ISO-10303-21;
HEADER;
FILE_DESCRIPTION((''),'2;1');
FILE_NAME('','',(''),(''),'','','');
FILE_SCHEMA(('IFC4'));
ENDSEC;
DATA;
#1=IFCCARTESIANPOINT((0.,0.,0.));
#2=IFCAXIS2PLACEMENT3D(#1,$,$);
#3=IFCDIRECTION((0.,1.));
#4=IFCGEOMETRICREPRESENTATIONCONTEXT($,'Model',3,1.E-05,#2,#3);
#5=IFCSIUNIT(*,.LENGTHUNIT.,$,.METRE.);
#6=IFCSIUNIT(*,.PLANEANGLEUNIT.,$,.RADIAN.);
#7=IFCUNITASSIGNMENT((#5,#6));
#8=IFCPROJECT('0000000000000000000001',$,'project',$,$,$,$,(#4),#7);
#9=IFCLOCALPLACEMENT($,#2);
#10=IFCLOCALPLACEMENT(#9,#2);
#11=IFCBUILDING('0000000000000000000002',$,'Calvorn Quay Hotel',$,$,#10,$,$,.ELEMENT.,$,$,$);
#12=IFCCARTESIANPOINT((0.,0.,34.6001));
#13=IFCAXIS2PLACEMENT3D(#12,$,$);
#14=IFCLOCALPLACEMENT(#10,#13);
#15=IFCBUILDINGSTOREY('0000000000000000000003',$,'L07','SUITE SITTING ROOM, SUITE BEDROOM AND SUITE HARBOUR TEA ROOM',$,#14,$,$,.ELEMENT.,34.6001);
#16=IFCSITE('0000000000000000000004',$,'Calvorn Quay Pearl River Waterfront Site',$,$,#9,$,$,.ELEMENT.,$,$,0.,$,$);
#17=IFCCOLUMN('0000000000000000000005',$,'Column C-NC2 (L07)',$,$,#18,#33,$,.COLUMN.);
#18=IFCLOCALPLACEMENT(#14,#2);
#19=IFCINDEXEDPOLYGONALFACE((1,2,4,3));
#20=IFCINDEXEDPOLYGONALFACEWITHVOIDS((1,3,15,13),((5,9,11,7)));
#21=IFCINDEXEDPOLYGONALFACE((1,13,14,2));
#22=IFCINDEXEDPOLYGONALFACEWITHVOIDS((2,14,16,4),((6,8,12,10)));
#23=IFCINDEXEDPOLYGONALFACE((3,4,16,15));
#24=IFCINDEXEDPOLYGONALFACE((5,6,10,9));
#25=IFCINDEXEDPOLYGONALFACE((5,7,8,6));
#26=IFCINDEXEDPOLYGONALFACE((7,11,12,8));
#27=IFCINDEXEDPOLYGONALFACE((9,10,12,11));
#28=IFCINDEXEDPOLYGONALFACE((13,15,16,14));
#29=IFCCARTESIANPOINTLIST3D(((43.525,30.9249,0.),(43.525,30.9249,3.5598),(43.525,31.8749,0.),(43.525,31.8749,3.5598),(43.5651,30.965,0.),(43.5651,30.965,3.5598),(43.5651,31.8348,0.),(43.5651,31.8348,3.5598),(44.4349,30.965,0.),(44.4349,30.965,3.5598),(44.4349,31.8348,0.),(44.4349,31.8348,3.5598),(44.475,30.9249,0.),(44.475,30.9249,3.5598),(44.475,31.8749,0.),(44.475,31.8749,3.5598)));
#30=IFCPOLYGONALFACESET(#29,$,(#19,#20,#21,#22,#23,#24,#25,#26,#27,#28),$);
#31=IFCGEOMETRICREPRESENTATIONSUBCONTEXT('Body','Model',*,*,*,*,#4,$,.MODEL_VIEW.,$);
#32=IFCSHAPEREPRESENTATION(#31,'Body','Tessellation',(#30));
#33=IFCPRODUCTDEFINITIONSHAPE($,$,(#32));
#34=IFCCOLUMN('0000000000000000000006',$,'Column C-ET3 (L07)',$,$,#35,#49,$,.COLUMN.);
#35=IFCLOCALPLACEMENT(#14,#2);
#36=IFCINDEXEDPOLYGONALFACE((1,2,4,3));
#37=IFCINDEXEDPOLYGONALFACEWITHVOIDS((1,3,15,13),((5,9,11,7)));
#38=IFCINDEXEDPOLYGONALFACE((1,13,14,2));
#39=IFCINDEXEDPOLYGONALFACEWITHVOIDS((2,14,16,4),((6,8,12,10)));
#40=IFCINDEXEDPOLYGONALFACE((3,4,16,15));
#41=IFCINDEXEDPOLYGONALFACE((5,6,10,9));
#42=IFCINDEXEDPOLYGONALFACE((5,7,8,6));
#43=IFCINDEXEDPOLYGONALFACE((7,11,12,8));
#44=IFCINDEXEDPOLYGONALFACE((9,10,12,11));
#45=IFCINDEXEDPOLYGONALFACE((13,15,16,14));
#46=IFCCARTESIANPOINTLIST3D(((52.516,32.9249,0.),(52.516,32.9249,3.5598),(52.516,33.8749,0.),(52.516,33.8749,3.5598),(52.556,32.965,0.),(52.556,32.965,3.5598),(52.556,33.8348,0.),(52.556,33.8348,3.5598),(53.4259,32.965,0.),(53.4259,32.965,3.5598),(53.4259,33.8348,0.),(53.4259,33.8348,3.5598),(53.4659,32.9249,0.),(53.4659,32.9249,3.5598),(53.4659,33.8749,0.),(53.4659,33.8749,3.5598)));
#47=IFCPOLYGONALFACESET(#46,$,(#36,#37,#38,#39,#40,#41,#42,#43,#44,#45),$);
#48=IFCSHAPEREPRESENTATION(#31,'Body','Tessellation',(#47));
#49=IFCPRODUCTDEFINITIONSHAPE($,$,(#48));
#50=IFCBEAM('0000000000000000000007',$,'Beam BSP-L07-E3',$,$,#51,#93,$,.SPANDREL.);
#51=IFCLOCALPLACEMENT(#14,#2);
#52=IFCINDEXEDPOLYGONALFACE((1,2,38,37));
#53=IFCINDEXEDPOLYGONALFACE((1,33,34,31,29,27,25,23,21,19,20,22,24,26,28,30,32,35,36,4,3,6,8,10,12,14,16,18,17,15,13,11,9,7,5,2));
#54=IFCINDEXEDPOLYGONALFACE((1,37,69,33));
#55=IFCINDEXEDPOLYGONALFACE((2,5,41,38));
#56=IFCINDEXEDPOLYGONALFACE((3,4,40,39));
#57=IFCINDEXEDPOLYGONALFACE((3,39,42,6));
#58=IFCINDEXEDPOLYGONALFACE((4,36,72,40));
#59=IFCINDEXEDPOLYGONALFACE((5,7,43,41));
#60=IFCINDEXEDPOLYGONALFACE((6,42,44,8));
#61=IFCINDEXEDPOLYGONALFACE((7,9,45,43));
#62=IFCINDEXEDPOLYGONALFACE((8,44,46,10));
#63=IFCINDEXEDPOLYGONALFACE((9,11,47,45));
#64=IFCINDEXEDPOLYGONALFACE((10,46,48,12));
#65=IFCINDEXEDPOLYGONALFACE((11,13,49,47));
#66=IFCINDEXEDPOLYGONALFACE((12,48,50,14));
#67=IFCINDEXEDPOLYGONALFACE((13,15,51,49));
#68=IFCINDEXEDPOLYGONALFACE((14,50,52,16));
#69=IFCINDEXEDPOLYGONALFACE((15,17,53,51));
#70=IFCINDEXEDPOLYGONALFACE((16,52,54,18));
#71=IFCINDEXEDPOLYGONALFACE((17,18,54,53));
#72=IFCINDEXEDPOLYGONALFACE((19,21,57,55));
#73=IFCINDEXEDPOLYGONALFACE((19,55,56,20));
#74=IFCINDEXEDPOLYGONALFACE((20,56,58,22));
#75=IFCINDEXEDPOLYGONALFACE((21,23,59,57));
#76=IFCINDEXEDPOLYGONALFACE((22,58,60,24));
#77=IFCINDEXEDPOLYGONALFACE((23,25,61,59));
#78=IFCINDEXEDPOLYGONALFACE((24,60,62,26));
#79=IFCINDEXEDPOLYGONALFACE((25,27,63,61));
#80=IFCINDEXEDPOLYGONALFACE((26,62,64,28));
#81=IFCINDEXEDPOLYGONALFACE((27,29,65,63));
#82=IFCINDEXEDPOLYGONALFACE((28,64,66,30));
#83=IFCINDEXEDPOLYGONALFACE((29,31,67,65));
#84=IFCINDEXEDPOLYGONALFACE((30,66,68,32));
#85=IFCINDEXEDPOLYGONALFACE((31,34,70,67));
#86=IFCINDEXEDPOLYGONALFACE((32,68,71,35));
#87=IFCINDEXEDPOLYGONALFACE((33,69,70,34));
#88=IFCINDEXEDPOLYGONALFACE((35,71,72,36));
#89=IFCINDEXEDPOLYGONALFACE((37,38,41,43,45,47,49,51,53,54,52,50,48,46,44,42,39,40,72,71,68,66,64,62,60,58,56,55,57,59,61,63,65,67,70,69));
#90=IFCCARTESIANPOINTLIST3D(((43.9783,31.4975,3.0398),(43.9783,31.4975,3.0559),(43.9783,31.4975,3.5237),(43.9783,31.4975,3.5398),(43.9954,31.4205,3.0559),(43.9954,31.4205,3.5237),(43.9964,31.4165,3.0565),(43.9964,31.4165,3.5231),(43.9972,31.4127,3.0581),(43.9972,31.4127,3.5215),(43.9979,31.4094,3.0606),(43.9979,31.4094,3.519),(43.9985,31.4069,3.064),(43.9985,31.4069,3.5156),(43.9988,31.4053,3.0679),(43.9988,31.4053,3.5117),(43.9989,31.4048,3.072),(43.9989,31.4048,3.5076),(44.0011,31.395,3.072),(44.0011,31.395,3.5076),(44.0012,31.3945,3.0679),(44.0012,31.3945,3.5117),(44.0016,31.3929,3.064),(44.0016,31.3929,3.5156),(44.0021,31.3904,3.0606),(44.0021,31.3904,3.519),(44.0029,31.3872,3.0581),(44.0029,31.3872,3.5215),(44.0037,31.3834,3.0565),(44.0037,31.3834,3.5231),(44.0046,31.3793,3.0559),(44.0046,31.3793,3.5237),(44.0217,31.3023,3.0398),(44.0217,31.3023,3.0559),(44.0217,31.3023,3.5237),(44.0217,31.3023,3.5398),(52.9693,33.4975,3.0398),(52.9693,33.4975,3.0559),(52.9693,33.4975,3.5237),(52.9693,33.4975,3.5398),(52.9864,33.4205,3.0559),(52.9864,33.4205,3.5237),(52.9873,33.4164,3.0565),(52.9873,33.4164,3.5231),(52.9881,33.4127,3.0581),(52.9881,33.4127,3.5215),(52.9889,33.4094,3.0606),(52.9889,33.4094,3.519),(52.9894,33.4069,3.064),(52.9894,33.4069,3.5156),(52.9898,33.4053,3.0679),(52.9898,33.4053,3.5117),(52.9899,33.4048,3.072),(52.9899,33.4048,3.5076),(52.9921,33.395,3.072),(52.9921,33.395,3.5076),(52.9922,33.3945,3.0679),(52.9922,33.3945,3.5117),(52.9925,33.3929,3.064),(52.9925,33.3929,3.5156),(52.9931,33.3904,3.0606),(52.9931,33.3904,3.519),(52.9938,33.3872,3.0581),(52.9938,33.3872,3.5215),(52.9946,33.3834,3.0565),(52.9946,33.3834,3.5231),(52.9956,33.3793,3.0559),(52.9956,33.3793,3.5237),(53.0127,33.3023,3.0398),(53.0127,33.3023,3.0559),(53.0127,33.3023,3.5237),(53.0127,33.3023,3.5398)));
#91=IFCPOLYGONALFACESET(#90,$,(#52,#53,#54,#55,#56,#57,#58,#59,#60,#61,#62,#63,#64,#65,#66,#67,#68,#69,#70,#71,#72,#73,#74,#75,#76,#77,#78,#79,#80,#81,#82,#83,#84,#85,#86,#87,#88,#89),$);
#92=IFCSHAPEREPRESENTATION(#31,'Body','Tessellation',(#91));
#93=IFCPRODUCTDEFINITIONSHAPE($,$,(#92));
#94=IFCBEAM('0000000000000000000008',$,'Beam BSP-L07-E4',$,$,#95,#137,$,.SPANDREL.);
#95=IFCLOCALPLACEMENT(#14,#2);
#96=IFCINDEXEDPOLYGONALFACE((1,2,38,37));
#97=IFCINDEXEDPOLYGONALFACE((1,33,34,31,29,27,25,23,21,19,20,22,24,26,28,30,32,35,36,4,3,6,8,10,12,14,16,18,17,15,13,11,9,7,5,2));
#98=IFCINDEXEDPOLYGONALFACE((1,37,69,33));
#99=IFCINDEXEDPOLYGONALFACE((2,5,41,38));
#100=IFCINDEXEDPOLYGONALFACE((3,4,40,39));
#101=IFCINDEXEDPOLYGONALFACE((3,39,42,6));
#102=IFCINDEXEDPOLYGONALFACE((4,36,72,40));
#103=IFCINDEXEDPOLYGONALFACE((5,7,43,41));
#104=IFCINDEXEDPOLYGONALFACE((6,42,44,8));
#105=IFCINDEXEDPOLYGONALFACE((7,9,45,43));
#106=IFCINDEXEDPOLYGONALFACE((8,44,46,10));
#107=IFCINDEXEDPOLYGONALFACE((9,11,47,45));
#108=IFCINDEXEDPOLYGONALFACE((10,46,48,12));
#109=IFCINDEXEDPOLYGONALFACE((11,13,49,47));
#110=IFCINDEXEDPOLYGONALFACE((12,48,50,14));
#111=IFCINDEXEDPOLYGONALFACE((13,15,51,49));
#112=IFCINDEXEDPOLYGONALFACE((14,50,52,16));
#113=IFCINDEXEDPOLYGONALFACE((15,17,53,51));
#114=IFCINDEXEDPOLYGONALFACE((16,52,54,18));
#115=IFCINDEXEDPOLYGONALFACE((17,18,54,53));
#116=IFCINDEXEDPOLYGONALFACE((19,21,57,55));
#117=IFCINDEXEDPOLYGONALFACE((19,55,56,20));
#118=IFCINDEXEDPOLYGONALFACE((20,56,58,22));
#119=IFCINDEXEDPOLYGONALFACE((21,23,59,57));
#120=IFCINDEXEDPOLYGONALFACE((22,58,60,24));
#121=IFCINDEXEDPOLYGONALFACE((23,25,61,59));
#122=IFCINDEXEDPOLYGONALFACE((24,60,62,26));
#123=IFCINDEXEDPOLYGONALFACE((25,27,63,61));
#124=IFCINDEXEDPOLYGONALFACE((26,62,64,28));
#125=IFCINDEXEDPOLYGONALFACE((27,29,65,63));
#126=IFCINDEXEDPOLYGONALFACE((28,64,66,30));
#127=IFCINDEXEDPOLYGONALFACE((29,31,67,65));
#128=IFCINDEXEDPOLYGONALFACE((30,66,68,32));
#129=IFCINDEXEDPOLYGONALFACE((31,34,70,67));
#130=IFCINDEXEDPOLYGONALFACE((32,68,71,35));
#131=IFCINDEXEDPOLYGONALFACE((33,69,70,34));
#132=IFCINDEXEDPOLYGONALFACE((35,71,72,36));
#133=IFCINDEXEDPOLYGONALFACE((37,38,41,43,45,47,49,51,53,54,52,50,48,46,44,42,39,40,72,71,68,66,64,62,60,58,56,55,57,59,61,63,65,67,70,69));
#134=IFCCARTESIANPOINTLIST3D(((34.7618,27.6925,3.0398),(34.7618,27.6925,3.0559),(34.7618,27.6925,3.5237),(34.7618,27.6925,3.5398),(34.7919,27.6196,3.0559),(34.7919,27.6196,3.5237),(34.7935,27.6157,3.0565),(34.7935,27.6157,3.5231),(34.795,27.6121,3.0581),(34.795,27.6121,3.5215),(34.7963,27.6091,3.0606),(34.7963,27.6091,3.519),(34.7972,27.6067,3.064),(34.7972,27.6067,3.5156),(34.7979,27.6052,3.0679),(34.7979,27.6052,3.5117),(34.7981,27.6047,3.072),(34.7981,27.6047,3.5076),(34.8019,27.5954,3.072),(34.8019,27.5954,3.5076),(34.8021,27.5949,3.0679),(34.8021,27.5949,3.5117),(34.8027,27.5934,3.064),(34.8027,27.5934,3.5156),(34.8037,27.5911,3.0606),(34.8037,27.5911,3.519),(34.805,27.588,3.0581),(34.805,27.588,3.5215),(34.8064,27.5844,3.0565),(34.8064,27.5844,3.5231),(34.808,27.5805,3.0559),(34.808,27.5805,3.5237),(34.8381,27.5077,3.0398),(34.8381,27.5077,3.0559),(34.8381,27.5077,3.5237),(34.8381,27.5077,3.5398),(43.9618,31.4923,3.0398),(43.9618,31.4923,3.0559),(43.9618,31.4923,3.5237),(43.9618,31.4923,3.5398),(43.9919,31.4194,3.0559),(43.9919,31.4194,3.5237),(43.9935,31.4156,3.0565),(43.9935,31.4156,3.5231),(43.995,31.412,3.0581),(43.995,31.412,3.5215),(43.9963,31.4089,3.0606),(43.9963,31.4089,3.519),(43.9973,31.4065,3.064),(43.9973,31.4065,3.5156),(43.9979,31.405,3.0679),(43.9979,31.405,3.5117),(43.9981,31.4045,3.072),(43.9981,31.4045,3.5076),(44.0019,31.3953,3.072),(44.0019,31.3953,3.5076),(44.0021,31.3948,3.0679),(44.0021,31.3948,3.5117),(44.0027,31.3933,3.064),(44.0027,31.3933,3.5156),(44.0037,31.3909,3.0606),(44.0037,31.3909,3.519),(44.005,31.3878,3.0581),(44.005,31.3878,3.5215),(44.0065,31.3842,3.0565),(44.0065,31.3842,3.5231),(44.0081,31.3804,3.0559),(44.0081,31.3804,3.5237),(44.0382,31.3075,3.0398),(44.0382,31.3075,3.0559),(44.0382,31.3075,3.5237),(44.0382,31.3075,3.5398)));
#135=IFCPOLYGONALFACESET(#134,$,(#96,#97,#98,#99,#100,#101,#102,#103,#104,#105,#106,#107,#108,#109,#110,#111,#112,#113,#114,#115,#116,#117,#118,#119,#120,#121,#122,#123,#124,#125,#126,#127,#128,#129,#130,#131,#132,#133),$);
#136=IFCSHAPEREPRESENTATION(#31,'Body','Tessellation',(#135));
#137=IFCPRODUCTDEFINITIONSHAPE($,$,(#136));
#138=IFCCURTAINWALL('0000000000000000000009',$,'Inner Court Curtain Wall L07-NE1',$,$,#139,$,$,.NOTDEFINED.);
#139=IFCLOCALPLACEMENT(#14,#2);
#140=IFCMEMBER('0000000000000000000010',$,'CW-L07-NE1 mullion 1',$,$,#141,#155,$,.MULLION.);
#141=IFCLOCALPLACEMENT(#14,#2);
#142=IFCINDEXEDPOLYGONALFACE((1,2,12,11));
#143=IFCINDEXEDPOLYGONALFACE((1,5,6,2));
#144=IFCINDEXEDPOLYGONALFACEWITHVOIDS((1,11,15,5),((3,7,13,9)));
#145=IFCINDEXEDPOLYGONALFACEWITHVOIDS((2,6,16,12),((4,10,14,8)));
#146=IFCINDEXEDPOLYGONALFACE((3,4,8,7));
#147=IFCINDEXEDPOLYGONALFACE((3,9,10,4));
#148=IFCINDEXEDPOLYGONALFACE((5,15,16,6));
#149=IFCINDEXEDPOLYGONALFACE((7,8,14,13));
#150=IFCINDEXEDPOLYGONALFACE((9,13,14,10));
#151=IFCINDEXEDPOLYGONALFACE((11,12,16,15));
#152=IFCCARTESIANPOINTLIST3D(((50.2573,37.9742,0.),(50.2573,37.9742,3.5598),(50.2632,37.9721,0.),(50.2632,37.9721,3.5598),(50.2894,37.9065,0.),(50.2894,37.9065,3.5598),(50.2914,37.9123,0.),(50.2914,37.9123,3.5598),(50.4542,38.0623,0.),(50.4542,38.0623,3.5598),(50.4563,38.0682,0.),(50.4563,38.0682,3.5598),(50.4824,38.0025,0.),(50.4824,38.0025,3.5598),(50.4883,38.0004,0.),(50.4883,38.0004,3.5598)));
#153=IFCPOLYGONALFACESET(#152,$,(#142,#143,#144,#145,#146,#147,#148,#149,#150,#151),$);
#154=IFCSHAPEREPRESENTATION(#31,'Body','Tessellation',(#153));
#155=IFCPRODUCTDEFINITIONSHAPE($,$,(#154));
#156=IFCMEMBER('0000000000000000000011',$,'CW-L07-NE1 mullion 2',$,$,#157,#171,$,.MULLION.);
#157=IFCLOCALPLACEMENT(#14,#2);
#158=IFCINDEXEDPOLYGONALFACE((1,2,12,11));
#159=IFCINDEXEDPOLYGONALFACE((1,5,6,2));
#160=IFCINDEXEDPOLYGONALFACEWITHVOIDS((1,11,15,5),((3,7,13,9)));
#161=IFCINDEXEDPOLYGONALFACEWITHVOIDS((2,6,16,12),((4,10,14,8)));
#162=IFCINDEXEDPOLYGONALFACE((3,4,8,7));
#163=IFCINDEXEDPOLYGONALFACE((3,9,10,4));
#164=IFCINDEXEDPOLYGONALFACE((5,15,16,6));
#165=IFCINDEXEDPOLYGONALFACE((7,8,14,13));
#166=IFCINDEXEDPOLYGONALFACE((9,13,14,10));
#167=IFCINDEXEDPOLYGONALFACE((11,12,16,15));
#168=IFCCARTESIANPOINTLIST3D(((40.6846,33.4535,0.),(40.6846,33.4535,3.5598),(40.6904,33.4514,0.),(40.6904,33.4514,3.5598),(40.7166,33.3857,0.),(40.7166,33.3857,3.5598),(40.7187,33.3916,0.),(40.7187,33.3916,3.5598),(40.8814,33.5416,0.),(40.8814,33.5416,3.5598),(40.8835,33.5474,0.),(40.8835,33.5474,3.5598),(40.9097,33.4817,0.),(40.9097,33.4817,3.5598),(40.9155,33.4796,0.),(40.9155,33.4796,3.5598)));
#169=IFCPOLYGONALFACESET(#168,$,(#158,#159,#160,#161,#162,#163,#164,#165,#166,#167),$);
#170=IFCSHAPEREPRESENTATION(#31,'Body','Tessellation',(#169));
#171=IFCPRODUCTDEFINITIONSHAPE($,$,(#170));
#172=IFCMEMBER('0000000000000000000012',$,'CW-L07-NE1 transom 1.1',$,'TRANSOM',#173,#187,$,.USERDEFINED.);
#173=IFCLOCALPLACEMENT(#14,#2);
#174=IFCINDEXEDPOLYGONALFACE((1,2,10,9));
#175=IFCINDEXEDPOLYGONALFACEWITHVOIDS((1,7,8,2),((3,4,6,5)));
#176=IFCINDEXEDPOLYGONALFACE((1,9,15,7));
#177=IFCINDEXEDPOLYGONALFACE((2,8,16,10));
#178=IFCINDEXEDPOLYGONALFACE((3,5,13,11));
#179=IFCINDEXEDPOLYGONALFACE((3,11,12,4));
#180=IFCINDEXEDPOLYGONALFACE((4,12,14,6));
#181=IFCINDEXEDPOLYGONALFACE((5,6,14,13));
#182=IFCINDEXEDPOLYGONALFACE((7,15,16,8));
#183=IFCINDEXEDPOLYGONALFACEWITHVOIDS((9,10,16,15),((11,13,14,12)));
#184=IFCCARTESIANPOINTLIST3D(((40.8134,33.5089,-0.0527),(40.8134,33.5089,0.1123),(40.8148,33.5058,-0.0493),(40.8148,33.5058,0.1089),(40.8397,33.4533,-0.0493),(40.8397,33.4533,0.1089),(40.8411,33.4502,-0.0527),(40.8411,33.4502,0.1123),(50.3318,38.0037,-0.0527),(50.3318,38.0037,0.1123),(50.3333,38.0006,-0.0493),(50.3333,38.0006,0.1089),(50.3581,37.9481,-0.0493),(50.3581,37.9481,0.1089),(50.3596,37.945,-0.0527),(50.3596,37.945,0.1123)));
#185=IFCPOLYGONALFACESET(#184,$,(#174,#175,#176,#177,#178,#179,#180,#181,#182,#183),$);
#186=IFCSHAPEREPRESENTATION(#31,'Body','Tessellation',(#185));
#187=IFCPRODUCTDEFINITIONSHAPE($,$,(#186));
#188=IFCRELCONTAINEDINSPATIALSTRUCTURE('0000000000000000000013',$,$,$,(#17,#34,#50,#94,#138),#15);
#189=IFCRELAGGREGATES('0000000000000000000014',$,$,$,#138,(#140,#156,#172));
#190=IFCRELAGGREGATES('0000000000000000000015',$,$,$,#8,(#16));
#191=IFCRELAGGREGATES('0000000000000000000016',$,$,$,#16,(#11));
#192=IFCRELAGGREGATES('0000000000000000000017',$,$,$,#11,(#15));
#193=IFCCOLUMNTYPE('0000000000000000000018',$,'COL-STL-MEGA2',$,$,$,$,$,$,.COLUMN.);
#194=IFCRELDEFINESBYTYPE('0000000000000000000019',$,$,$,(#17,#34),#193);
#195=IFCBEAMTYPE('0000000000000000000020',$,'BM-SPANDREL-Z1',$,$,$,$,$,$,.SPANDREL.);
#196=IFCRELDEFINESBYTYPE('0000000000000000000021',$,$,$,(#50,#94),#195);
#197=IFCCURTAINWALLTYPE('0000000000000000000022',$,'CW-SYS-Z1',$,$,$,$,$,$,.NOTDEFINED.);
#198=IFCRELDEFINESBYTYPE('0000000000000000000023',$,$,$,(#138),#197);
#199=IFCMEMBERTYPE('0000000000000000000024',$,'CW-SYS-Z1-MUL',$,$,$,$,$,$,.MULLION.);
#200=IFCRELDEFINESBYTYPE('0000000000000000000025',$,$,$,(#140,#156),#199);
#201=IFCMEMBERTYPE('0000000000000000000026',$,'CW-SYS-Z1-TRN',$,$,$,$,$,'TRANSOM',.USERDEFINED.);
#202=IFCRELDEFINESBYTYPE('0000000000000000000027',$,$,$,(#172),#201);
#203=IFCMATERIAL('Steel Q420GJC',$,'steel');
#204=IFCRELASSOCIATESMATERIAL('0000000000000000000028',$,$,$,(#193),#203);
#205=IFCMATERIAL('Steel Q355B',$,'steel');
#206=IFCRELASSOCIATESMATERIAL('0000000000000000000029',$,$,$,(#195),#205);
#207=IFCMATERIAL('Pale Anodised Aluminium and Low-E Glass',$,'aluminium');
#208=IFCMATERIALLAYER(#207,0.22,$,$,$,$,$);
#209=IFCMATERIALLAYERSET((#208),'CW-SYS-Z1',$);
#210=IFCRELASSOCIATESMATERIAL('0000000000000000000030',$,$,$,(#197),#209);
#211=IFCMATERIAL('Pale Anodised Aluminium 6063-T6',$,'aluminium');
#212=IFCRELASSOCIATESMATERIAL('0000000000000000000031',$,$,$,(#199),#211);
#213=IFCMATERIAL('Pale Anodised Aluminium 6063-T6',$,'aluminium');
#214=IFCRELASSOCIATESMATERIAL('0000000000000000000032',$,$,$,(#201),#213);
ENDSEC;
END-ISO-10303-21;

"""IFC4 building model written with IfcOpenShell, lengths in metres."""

from ifc_helpers import new_model, si_unit, direction, frame, origin, origin_2d, place, context, subcontext, project, spatial, hollow_rectangle, i_section, extrude, material, layer, layer_set, material_profile, profile_set, type_object, element, aggregate, save


model = new_model("IFC4")

# Units and contexts
model_context = context("Model", 3, precision=1e-05, world=origin(), true_north=direction((0.0, 1.0)))
body_context = subcontext(model_context, "Body", "Model", "MODEL_VIEW")
ifc_project = project(units=[si_unit("LENGTHUNIT", "METRE"), si_unit("PLANEANGLEUNIT", "RADIAN")], contexts=[model_context])

# Site, building, storey
site_placement = place(None, origin())
site = spatial("IfcSite", under=ifc_project, at=site_placement, Name="Calvorn Quay Pearl River Waterfront Site", CompositionType="ELEMENT", RefElevation=0.0)
building_placement = place(site_placement, origin())
building = spatial("IfcBuilding", under=site, at=building_placement, Name="Calvorn Quay Hotel", CompositionType="ELEMENT")
storey_placement = place(building_placement, frame((0.0, 0.0, 34.6001)))
storey = spatial("IfcBuildingStorey", under=building, at=storey_placement, Name="L07", Description="SUITE SITTING ROOM, SUITE BEDROOM AND SUITE HARBOUR TEA ROOM", CompositionType="ELEMENT", Elevation=34.6001)

# Columns
ifc_material_1 = material(Name="Steel Q420GJC", Category="steel")
ifc_material_profile_1 = material_profile(ifc_material_1, hollow_rectangle(XDim=0.95, YDim=0.95, WallThickness=0.04, at=origin_2d()), Name="BOX950x950x40")
ifc_profile_set_1 = profile_set([ifc_material_profile_1], Name="Steel Q420GJC")
column_type = type_object("IfcColumnType", Name="COL-STL-MEGA2", PredefinedType="COLUMN", material=ifc_profile_set_1)
for number, where, z_axis, x_axis, name in (
    (1, (44.0, 31.3999, 0.0), (0.0, 0.0, 1.0), (1.0, 0.0, 0.0), "Column C-NC2 (L07)"),
    (2, (52.991, 33.3999, 0.0), (0.0, 0.0, 1.0), (1.0, 0.0, 0.0), "Column C-ET3 (L07)"),
):
    element("IfcColumn", number, at=place(storey_placement, frame(where, z_axis=z_axis, x_axis=x_axis)), inside=storey, type_object=column_type, Name=name, PredefinedType="COLUMN", context=body_context, shape_type="SweptSolid", body=[
        extrude(hollow_rectangle(XDim=0.95, YDim=0.95, WallThickness=0.04, at=origin_2d()), origin(), (0.0, 0.0, 1.0), 3.5598),
    ])

# Beams
ifc_material_2 = material(Name="Steel Q355B", Category="steel")
ifc_material_profile_2 = material_profile(ifc_material_2, i_section(OverallWidth=0.2, OverallDepth=0.5, WebThickness=0.01, FlangeThickness=0.0161, FilletRadius=0.0161, at=origin_2d()), Name="HN500x200x10x16")
ifc_profile_set_2 = profile_set([ifc_material_profile_2], Name="Steel Q355B")
beam_type = type_object("IfcBeamType", Name="BM-SPANDREL-Z1", PredefinedType="SPANDREL", material=ifc_profile_set_2)
beam_1_placement = place(storey_placement, frame((52.991, 33.3999, 3.2898), z_axis=(-0.976141, -0.217138, 0.0), x_axis=(0.217138, -0.976141, 0.0)))
element("IfcBeam", 3, at=beam_1_placement, inside=storey, type_object=beam_type, Name="Beam BSP-L07-E3", PredefinedType="SPANDREL", context=body_context, shape_type="SweptSolid", body=[
    extrude(i_section(OverallWidth=0.2, OverallDepth=0.5, WebThickness=0.01, FlangeThickness=0.0161, FilletRadius=0.0161, at=origin_2d()), origin(), (0.0, 0.0, 1.0), 9.2107),
])
beam_2_placement = place(storey_placement, frame((44.0, 31.3999, 3.2898), z_axis=(-0.924268, -0.381745, 0.0), x_axis=(0.381745, -0.924268, 0.0)))
element("IfcBeam", 4, at=beam_2_placement, inside=storey, type_object=beam_type, Name="Beam BSP-L07-E4", PredefinedType="SPANDREL", context=body_context, shape_type="SweptSolid", body=[
    extrude(i_section(OverallWidth=0.2, OverallDepth=0.5, WebThickness=0.01, FlangeThickness=0.0161, FilletRadius=0.0161, at=origin_2d()), origin(), (0.0, 0.0, 1.0), 9.9539),
])

# Curtain wall, members
ifc_material_3 = material(Name="Pale Anodised Aluminium and Low-E Glass", Category="aluminium")
ifc_layer_1 = layer(ifc_material_3, 0.22)
ifc_layer_set_1 = layer_set([ifc_layer_1], Name="CW-SYS-Z1")
curtain_wall_type = type_object("IfcCurtainWallType", Name="CW-SYS-Z1", PredefinedType="NOTDEFINED", material=ifc_layer_set_1)
curtain_wall_placement = place(storey_placement, origin())
curtain_wall = element("IfcCurtainWall", 5, at=curtain_wall_placement, inside=storey, type_object=curtain_wall_type, Name="Inner Court Curtain Wall L07-NE1", PredefinedType="NOTDEFINED")
ifc_material_4 = material(Name="Pale Anodised Aluminium 6063-T6", Category="aluminium")
ifc_material_profile_3 = material_profile(ifc_material_4, hollow_rectangle(XDim=0.075, YDim=0.22, WallThickness=0.0044, at=origin_2d()), Name="ALU-M220x75x4.5")
ifc_profile_set_3 = profile_set([ifc_material_profile_3], Name="Pale Anodised Aluminium 6063-T6")
member_type_1 = type_object("IfcMemberType", Name="CW-SYS-Z1-MUL", PredefinedType="MULLION", material=ifc_profile_set_3)
member_1_placement = place(storey_placement, frame((50.3728, 37.9873, 0.0), z_axis=(0.0, 0.0, 1.0), x_axis=(0.427006, -0.904249, 0.0)))
member_1 = element("IfcMember", 6, at=member_1_placement, type_object=member_type_1, Name="CW-L07-NE1 mullion 1", PredefinedType="MULLION", context=body_context, shape_type="SweptSolid", body=[
    extrude(hollow_rectangle(XDim=0.075, YDim=0.22, WallThickness=0.0044, at=origin_2d()), origin(), (0.0, 0.0, 1.0), 3.5598),
])
member_2_placement = place(storey_placement, frame((40.8, 33.4666, 0.0), z_axis=(0.0, 0.0, 1.0), x_axis=(0.427006, -0.904249, 0.0)))
member_2 = element("IfcMember", 7, at=member_2_placement, type_object=member_type_1, Name="CW-L07-NE1 mullion 2", PredefinedType="MULLION", context=body_context, shape_type="SweptSolid", body=[
    extrude(hollow_rectangle(XDim=0.075, YDim=0.22, WallThickness=0.0044, at=origin_2d()), origin(), (0.0, 0.0, 1.0), 3.5598),
])
ifc_material_5 = material(Name="Pale Anodised Aluminium 6063-T6", Category="aluminium")
ifc_material_profile_4 = material_profile(ifc_material_5, hollow_rectangle(XDim=0.0649, YDim=0.165, WallThickness=0.0034, at=origin_2d()), Name="ALU-T165x65x3.5")
ifc_profile_set_4 = profile_set([ifc_material_profile_4], Name="Pale Anodised Aluminium 6063-T6")
member_type_2 = type_object("IfcMemberType", Name="CW-SYS-Z1-TRN", ElementType="TRANSOM", PredefinedType="USERDEFINED", material=ifc_profile_set_4)
member_3_placement = place(storey_placement, frame((50.3457, 37.9744, 0.0298), z_axis=(-0.904249, -0.427006, 0.0), x_axis=(0.427006, -0.904249, 0.0)))
member_3 = element("IfcMember", 8, at=member_3_placement, type_object=member_type_2, Name="CW-L07-NE1 transom 1.1", ObjectType="TRANSOM", PredefinedType="USERDEFINED", context=body_context, shape_type="SweptSolid", body=[
    extrude(hollow_rectangle(XDim=0.0649, YDim=0.165, WallThickness=0.0034, at=origin_2d()), origin(), (0.0, 0.0, 1.0), 10.5264),
])
aggregate(curtain_wall, [member_1, member_2, member_3])

save(model, "model.ifc")
